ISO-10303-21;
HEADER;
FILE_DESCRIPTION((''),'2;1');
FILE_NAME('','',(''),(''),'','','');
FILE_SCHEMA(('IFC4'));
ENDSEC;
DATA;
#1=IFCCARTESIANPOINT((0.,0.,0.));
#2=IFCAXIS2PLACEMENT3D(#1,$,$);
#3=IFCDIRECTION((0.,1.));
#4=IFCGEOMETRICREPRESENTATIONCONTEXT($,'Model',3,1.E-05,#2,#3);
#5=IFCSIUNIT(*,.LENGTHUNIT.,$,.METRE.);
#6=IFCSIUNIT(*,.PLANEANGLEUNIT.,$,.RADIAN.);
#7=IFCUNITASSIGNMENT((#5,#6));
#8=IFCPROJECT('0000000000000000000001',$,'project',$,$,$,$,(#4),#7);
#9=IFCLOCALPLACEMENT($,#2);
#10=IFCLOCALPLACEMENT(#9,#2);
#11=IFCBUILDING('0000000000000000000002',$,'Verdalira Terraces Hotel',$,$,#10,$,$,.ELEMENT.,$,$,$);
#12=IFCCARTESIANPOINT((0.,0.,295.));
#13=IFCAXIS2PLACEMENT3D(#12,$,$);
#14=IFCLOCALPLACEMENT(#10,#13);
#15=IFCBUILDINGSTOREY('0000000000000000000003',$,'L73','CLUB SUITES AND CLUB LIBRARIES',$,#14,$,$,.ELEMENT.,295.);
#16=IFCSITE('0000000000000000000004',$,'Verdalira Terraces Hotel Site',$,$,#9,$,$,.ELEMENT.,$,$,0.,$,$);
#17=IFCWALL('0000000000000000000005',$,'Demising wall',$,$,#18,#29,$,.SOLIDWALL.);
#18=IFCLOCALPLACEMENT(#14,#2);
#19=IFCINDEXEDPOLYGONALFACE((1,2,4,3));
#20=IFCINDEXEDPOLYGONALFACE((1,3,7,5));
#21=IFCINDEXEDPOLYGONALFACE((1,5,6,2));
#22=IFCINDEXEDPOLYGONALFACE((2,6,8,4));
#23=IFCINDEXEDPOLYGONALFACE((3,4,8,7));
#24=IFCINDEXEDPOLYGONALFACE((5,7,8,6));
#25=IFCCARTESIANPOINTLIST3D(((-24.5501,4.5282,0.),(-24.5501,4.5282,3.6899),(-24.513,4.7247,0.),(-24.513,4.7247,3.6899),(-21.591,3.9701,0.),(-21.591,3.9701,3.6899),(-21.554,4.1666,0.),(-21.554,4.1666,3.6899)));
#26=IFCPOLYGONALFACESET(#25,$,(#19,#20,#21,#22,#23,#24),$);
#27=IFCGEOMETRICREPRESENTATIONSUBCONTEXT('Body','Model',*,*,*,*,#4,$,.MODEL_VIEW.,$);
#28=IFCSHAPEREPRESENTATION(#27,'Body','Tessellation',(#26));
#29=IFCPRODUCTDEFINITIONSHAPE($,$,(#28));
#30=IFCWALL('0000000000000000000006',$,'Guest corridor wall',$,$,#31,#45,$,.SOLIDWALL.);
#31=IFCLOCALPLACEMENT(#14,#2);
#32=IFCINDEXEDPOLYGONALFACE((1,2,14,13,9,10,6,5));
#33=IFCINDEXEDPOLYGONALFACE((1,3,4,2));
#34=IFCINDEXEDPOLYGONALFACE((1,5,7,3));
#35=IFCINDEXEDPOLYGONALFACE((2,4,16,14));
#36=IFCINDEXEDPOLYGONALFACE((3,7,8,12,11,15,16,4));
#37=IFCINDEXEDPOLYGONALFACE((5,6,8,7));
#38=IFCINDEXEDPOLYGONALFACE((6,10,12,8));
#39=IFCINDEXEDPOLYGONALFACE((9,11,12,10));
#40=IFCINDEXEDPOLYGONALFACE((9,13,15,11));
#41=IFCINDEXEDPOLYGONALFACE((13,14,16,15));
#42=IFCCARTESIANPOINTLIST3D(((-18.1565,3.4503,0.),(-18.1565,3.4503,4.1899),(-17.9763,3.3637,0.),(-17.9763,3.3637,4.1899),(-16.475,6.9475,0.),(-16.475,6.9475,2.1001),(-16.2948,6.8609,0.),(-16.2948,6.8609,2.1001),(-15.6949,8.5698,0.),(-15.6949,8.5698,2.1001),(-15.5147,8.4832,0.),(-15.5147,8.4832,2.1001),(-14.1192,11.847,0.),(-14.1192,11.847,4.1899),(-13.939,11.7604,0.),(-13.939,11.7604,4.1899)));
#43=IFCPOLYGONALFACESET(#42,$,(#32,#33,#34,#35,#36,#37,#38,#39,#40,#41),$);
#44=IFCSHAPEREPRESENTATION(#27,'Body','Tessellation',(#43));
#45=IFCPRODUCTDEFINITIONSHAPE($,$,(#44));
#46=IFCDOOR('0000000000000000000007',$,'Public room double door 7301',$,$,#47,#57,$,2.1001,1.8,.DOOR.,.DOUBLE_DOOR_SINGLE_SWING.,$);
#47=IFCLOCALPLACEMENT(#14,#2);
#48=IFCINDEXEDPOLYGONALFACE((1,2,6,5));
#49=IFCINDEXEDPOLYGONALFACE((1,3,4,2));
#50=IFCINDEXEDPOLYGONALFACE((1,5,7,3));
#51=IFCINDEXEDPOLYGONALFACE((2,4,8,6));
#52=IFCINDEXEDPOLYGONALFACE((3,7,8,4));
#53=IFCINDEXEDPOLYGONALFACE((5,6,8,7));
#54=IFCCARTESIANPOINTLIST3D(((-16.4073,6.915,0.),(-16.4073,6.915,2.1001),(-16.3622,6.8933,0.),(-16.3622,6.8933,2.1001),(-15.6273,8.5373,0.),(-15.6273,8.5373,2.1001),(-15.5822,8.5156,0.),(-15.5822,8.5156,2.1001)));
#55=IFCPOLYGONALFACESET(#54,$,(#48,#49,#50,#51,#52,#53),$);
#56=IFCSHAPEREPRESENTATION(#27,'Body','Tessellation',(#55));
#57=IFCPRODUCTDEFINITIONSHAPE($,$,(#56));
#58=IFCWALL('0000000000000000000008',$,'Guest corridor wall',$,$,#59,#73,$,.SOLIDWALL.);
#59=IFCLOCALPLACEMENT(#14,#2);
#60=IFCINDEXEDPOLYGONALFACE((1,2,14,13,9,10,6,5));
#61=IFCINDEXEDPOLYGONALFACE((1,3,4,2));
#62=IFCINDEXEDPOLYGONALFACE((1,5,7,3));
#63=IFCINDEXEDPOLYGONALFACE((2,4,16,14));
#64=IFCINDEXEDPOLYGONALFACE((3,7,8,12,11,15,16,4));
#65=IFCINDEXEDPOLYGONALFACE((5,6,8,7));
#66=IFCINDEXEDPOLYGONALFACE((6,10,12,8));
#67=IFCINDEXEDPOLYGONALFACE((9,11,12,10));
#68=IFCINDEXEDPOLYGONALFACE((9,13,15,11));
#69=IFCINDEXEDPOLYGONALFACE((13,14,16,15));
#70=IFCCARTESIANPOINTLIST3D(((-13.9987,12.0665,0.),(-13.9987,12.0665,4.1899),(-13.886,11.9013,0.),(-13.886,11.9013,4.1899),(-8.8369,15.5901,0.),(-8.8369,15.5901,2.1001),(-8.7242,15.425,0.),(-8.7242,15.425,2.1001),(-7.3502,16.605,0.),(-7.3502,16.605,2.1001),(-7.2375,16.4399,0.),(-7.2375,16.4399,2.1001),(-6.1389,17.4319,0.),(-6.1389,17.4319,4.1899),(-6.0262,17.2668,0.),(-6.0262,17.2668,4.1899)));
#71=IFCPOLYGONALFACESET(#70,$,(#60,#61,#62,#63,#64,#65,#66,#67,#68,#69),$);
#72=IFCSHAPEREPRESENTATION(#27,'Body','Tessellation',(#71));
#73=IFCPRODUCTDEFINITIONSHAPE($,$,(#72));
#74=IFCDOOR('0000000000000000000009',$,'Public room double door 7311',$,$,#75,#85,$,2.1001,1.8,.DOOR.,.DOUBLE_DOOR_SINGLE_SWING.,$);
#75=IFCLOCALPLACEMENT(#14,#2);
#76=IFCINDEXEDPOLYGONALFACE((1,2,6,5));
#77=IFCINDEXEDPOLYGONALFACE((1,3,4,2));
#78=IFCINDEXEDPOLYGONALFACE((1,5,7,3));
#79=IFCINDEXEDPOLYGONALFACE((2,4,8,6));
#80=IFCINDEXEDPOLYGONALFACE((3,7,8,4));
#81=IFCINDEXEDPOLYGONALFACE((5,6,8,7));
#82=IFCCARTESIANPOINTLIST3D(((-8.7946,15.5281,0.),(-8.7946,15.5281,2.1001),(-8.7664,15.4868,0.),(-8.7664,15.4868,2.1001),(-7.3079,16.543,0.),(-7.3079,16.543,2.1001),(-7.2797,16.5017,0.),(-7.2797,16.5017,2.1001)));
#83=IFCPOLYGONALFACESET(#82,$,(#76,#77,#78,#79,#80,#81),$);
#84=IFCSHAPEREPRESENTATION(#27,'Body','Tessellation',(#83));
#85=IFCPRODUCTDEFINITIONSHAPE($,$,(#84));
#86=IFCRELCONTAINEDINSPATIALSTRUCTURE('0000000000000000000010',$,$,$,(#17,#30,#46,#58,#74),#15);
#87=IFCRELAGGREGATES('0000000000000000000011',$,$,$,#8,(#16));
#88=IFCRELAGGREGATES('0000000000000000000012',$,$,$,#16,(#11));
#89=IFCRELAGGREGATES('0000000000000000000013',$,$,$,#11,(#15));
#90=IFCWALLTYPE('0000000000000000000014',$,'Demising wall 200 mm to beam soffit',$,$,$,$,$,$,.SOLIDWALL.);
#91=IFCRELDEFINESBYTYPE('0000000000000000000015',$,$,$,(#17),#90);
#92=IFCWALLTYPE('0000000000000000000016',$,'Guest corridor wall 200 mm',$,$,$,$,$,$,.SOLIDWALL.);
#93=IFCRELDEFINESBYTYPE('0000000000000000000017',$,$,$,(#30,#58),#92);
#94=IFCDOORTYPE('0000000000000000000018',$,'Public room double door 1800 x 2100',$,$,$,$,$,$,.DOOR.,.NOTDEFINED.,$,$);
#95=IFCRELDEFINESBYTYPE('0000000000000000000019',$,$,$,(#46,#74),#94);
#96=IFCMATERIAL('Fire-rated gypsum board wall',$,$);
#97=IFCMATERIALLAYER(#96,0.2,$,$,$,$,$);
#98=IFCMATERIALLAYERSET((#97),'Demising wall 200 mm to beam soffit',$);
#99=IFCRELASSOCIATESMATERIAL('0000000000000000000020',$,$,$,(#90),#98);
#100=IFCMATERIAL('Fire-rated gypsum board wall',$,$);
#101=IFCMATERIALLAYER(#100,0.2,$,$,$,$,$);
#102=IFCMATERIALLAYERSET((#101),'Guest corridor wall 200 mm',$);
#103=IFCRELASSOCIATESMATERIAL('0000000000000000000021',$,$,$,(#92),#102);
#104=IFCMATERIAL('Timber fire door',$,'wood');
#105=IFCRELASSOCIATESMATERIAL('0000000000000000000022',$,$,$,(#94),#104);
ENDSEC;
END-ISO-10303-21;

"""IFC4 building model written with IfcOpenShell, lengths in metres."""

from ifc_helpers import new_model, si_unit, direction, frame, frame_2d, origin, place, context, subcontext, project, spatial, rectangle, extrude, material, layer, layer_set, type_object, element, fill, save


model = new_model("IFC4")

# Units and contexts
model_context = context("Model", 3, precision=1e-05, world=origin(), true_north=direction((0.0, 1.0)))
body_context = subcontext(model_context, "Body", "Model", "MODEL_VIEW")
ifc_project = project(units=[si_unit("LENGTHUNIT", "METRE"), si_unit("PLANEANGLEUNIT", "RADIAN")], contexts=[model_context])

# Site, building, storey
site_placement = place(None, origin())
site = spatial("IfcSite", under=ifc_project, at=site_placement, Name="Verdalira Terraces Hotel Site", CompositionType="ELEMENT", RefElevation=0.0)
building_placement = place(site_placement, origin())
building = spatial("IfcBuilding", under=site, at=building_placement, Name="Verdalira Terraces Hotel", CompositionType="ELEMENT")
storey_placement = place(building_placement, frame((0.0, 0.0, 295.0)))
storey = spatial("IfcBuildingStorey", under=building, at=storey_placement, Name="L73", Description="CLUB SUITES AND CLUB LIBRARIES", CompositionType="ELEMENT", Elevation=295.0)

# Wall
ifc_material_1 = material(Name="Fire-rated gypsum board wall")
ifc_layer_1 = layer(ifc_material_1, 0.2)
ifc_layer_set_1 = layer_set([ifc_layer_1], Name="Demising wall 200 mm to beam soffit")
wall_type_1 = type_object("IfcWallType", Name="Demising wall 200 mm to beam soffit", PredefinedType="SOLIDWALL", material=ifc_layer_set_1)
wall_1_placement = place(storey_placement, frame((-21.5725, 4.0684, 0.0), z_axis=(0.0, 0.0, 1.0), x_axis=(-0.982673, 0.185346, 0.0)))
element("IfcWall", 1, at=wall_1_placement, inside=storey, type_object=wall_type_1, Name="Demising wall", PredefinedType="SOLIDWALL", context=body_context, shape_type="SweptSolid", body=[
    extrude(rectangle(XDim=3.0112, YDim=0.2, at=frame_2d((1.5056, 0.0))), origin(), (0.0, 0.0, 1.0), 3.6899),
])

# Walls, openings, doors
ifc_material_2 = material(Name="Fire-rated gypsum board wall")
ifc_layer_2 = layer(ifc_material_2, 0.2)
ifc_layer_set_2 = layer_set([ifc_layer_2], Name="Guest corridor wall 200 mm")
wall_type_2 = type_object("IfcWallType", Name="Guest corridor wall 200 mm", PredefinedType="SOLIDWALL", material=ifc_layer_set_2)
wall_2_placement = place(storey_placement, frame((-18.0664, 3.407, 0.0), z_axis=(0.0, 0.0, 1.0), x_axis=(0.433335, 0.901233, 0.0)))
wall_2 = element("IfcWall", 2, at=wall_2_placement, inside=storey, type_object=wall_type_2, Name="Guest corridor wall", PredefinedType="SOLIDWALL", context=body_context, shape_type="SweptSolid", body=[
    extrude(rectangle(XDim=9.3169, YDim=0.2, at=frame_2d((4.6584, 0.0))), origin(), (0.0, 0.0, 1.0), 4.1899),
])
opening_1_placement = place(wall_2_placement, frame((3.8806, 0.0, 0.0)))
opening_1 = element("IfcOpeningElement", 3, at=opening_1_placement, cuts=wall_2, PredefinedType="OPENING", context=body_context, shape_type="SweptSolid", body=[
    extrude(rectangle(XDim=1.8, YDim=2.1001, at=frame_2d((0.8999, 1.05))), frame((0.0, 0.1099, 0.0), z_axis=(0.0, -1.0, 0.0), x_axis=(1.0, 0.0, 0.0)), (0.0, 0.0, 1.0), 0.22),
])
ifc_material_3 = material(Name="Timber fire door", Category="wood")
door_type_1 = type_object("IfcDoorType", Name="Public room double door 1800 x 2100", OperationType="NOTDEFINED", PredefinedType="DOOR", material=ifc_material_3)
door_1_placement = place(opening_1_placement, origin())
door_1 = element("IfcDoor", 4, at=door_1_placement, inside=storey, type_object=door_type_1, Name="Public room double door 7301", OperationType="DOUBLE_DOOR_SINGLE_SWING", OverallHeight=2.1001, OverallWidth=1.8, PredefinedType="DOOR", context=body_context, shape_type="SweptSolid", body=[
    extrude(rectangle(XDim=1.8, YDim=2.1001, at=frame_2d((0.8999, 1.05))), frame((0.0, 0.0249, 0.0), z_axis=(0.0, -1.0, 0.0), x_axis=(1.0, 0.0, 0.0)), (0.0, 0.0, 1.0), 0.05),
])
fill(opening_1, door_1)
wall_3_placement = place(storey_placement, frame((-13.9424, 11.9839, 0.0), z_axis=(0.0, 0.0, 1.0), x_axis=(0.82591, 0.563802, 0.0)))
wall_3 = element("IfcWall", 5, at=wall_3_placement, inside=storey, type_object=wall_type_2, Name="Guest corridor wall", PredefinedType="SOLIDWALL", context=body_context, shape_type="SweptSolid", body=[
    extrude(rectangle(XDim=9.5166, YDim=0.2, at=frame_2d((4.7583, 0.0))), origin(), (0.0, 0.0, 1.0), 4.1899),
])
opening_2_placement = place(wall_3_placement, frame((6.25, 0.0, 0.0)))
opening_2 = element("IfcOpeningElement", 6, at=opening_2_placement, cuts=wall_3, PredefinedType="OPENING", context=body_context, shape_type="SweptSolid", body=[
    extrude(rectangle(XDim=1.8, YDim=2.1001, at=frame_2d((0.8999, 1.05))), frame((0.0, 0.1099, 0.0), z_axis=(0.0, -1.0, 0.0), x_axis=(1.0, 0.0, 0.0)), (0.0, 0.0, 1.0), 0.22),
])
door_2_placement = place(opening_2_placement, origin())
door_2 = element("IfcDoor", 7, at=door_2_placement, inside=storey, type_object=door_type_1, Name="Public room double door 7311", OperationType="DOUBLE_DOOR_SINGLE_SWING", OverallHeight=2.1001, OverallWidth=1.8, PredefinedType="DOOR", context=body_context, shape_type="SweptSolid", body=[
    extrude(rectangle(XDim=1.8, YDim=2.1001, at=frame_2d((0.8999, 1.05))), frame((0.0, 0.0249, 0.0), z_axis=(0.0, -1.0, 0.0), x_axis=(1.0, 0.0, 0.0)), (0.0, 0.0, 1.0), 0.05),
])
fill(opening_2, door_2)

save(model, "model.ifc")
